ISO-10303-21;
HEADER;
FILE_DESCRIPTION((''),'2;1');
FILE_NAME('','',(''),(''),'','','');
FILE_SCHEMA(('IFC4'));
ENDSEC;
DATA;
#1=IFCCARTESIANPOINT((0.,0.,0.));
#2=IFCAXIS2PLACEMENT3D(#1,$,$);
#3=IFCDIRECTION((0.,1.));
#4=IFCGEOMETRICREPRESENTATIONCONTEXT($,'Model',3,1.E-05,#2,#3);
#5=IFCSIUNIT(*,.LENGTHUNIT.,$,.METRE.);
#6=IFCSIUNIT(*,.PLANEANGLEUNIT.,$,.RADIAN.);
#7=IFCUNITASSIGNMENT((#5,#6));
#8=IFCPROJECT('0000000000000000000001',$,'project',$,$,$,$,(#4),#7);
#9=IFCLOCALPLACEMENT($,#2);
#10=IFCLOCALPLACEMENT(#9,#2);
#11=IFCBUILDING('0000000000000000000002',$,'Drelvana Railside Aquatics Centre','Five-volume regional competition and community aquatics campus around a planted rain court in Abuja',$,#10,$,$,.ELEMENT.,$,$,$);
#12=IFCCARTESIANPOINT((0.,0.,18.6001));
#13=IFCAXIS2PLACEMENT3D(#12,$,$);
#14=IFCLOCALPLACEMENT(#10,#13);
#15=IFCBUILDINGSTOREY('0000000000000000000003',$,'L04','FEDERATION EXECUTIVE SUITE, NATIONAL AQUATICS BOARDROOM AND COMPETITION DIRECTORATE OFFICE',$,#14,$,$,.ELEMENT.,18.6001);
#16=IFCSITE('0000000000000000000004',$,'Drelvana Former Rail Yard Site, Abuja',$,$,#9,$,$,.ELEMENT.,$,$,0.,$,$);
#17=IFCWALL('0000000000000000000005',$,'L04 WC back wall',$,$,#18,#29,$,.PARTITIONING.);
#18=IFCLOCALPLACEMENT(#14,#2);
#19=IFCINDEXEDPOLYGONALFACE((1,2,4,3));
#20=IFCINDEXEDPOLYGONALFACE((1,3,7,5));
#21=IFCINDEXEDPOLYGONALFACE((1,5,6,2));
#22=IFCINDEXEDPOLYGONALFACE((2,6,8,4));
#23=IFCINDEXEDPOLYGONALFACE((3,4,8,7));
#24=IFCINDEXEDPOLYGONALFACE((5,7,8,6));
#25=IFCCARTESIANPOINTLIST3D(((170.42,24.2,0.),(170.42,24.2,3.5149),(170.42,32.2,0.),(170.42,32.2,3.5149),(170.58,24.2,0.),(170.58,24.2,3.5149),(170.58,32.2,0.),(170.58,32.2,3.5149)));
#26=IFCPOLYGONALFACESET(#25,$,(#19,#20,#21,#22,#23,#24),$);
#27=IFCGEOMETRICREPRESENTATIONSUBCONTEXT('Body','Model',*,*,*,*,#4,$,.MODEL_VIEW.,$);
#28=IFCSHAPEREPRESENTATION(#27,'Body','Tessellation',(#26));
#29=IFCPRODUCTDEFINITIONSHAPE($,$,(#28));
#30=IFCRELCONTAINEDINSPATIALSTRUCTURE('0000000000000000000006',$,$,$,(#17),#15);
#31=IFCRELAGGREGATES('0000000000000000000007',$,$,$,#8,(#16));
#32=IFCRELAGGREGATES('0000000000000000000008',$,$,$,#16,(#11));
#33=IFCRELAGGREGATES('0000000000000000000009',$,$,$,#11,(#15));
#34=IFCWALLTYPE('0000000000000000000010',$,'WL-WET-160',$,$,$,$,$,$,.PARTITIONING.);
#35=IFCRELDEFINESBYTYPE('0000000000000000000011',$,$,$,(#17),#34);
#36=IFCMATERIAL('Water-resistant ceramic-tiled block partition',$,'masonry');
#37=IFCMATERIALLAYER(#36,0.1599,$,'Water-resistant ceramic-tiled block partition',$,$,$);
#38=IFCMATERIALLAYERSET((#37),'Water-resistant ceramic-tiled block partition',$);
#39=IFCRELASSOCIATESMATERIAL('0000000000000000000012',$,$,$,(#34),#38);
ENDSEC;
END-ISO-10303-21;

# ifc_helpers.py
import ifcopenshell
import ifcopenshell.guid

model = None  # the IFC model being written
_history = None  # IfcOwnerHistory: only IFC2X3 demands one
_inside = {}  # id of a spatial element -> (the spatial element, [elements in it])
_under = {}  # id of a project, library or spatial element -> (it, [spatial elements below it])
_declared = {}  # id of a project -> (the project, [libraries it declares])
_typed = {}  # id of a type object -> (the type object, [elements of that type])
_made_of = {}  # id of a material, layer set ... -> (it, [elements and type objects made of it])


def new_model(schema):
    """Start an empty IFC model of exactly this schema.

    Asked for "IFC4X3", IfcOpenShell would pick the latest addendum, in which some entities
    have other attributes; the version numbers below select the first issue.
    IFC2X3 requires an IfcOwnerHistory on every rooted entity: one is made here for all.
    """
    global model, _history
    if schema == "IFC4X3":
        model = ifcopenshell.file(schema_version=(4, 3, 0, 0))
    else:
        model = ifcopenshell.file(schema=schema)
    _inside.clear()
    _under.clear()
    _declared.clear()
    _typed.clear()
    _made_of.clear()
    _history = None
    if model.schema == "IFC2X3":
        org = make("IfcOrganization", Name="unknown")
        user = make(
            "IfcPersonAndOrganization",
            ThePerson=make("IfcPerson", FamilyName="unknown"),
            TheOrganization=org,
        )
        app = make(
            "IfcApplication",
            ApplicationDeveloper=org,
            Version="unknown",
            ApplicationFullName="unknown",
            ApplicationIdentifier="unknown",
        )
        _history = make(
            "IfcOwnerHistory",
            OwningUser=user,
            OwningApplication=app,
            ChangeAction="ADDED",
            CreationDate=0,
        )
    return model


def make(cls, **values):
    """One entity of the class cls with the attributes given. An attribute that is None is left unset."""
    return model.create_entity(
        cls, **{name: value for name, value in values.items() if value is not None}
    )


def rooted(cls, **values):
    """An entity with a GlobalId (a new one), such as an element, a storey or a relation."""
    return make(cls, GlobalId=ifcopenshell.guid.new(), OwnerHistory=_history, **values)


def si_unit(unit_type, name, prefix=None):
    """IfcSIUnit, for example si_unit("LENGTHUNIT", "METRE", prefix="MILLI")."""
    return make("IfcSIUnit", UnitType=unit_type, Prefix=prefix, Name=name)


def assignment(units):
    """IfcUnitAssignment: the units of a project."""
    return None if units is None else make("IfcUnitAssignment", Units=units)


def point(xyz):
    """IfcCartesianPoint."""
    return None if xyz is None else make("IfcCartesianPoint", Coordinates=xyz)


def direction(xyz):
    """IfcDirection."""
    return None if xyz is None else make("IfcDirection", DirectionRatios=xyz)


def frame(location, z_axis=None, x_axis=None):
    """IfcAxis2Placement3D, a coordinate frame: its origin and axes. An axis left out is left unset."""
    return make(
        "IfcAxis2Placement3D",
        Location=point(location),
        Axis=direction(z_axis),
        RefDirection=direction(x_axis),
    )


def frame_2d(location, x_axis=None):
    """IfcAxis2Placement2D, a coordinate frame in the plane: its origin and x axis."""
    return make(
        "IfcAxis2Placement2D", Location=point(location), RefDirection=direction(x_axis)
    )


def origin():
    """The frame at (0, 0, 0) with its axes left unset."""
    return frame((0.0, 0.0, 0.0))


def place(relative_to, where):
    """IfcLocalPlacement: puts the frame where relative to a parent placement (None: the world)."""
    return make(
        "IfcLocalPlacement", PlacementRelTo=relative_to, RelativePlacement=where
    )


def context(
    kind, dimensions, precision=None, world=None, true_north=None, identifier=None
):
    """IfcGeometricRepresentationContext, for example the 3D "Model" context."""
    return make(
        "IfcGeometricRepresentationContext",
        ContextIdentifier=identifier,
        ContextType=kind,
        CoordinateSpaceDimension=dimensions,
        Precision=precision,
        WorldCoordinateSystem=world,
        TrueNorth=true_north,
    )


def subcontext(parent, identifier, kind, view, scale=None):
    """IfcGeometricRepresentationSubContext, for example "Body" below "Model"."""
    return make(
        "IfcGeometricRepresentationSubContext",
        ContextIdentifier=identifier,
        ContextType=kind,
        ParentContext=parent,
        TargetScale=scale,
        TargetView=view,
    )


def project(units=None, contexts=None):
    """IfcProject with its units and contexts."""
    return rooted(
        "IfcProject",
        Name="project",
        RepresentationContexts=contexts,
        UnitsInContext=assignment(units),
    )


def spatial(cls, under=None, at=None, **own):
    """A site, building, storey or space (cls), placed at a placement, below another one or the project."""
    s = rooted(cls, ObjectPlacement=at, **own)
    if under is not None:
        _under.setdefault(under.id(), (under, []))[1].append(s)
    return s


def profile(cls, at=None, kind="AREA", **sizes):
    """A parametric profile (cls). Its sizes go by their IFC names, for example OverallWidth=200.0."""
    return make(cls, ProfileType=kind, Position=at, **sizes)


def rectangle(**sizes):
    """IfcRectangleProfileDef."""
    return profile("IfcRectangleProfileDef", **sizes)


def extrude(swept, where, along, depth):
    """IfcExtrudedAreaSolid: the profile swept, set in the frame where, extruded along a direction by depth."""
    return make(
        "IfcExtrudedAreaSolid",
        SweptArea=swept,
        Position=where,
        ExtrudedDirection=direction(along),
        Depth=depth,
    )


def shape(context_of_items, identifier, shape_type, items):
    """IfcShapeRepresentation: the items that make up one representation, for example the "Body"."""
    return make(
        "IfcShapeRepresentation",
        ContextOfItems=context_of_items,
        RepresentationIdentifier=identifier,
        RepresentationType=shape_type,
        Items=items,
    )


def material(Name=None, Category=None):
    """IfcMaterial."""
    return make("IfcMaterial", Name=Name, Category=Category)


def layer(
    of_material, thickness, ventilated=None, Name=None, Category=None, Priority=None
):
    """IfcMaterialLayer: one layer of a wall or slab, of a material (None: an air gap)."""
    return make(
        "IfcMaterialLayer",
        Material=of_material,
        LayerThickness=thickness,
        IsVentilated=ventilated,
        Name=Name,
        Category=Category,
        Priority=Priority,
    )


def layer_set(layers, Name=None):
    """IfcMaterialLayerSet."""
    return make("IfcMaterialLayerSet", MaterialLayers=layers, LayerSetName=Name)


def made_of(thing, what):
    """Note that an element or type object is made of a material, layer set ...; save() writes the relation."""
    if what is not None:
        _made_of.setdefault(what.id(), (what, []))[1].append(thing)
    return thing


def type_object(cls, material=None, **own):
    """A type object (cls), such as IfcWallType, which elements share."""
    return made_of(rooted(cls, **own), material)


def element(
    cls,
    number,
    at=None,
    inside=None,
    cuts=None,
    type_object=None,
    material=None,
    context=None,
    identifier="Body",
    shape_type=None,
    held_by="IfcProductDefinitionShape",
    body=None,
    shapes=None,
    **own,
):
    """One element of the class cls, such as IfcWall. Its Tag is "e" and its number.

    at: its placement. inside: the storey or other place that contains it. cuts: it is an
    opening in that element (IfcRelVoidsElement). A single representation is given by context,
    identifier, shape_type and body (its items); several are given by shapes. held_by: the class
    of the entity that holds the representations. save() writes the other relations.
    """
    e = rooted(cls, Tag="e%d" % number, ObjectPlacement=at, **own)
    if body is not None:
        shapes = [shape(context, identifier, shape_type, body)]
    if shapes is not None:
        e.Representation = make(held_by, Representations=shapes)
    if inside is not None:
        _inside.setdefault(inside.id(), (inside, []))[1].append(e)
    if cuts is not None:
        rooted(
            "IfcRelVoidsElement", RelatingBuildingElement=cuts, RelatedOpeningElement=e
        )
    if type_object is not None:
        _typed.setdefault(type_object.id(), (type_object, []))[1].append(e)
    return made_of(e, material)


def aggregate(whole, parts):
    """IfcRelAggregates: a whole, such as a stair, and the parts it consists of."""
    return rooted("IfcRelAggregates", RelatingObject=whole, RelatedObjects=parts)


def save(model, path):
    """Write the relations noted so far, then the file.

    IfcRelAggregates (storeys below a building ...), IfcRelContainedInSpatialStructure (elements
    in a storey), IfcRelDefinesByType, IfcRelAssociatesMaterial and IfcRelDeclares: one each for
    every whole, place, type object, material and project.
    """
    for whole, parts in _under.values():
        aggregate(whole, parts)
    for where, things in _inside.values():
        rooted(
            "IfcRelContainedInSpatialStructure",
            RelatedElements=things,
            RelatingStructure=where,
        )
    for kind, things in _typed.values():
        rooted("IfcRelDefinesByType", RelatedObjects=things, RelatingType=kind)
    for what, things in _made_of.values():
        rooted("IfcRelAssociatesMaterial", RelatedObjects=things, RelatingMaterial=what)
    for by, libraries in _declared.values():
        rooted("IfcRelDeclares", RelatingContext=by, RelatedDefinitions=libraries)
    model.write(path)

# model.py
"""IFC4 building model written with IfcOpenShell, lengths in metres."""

from ifc_helpers import new_model, si_unit, direction, frame, frame_2d, origin, place, context, subcontext, project, spatial, rectangle, extrude, material, layer, layer_set, type_object, element, save


model = new_model("IFC4")

# Units and contexts
model_context = context("Model", 3, precision=1e-05, world=origin(), true_north=direction((0.0, 1.0)))
body_context = subcontext(model_context, "Body", "Model", "MODEL_VIEW")
ifc_project = project(units=[si_unit("LENGTHUNIT", "METRE"), si_unit("PLANEANGLEUNIT", "RADIAN")], contexts=[model_context])

# Site, building, storey
site_placement = place(None, origin())
site = spatial("IfcSite", under=ifc_project, at=site_placement, Name="Drelvana Former Rail Yard Site, Abuja", CompositionType="ELEMENT", RefElevation=0.0)
building_placement = place(site_placement, origin())
building = spatial("IfcBuilding", under=site, at=building_placement, Name="Drelvana Railside Aquatics Centre", Description="Five-volume regional competition and community aquatics campus around a planted rain court in Abuja", CompositionType="ELEMENT")
storey_placement = place(building_placement, frame((0.0, 0.0, 18.6001)))
storey = spatial("IfcBuildingStorey", under=building, at=storey_placement, Name="L04", Description="FEDERATION EXECUTIVE SUITE, NATIONAL AQUATICS BOARDROOM AND COMPETITION DIRECTORATE OFFICE", CompositionType="ELEMENT", Elevation=18.6001)

# Wall
ifc_material_1 = material(Name="Water-resistant ceramic-tiled block partition", Category="masonry")
ifc_layer_1 = layer(ifc_material_1, 0.1599, Name="Water-resistant ceramic-tiled block partition")
ifc_layer_set_1 = layer_set([ifc_layer_1], Name="Water-resistant ceramic-tiled block partition")
wall_type_1 = type_object("IfcWallType", Name="WL-WET-160", PredefinedType="PARTITIONING", material=ifc_layer_set_1)
wall_1_placement = place(storey_placement, frame((170.5, 24.2, 0.0), z_axis=(0.0, 0.0, 1.0), x_axis=(0.0, 1.0, 0.0)))
element("IfcWall", 1, at=wall_1_placement, inside=storey, type_object=wall_type_1, Name="L04 WC back wall", PredefinedType="PARTITIONING", context=body_context, shape_type="SweptSolid", body=[
    extrude(rectangle(XDim=8.0, YDim=0.1599, at=frame_2d((4.0, 0.0))), origin(), (0.0, 0.0, 1.0), 3.5149),
])

save(model, "model.ifc")
